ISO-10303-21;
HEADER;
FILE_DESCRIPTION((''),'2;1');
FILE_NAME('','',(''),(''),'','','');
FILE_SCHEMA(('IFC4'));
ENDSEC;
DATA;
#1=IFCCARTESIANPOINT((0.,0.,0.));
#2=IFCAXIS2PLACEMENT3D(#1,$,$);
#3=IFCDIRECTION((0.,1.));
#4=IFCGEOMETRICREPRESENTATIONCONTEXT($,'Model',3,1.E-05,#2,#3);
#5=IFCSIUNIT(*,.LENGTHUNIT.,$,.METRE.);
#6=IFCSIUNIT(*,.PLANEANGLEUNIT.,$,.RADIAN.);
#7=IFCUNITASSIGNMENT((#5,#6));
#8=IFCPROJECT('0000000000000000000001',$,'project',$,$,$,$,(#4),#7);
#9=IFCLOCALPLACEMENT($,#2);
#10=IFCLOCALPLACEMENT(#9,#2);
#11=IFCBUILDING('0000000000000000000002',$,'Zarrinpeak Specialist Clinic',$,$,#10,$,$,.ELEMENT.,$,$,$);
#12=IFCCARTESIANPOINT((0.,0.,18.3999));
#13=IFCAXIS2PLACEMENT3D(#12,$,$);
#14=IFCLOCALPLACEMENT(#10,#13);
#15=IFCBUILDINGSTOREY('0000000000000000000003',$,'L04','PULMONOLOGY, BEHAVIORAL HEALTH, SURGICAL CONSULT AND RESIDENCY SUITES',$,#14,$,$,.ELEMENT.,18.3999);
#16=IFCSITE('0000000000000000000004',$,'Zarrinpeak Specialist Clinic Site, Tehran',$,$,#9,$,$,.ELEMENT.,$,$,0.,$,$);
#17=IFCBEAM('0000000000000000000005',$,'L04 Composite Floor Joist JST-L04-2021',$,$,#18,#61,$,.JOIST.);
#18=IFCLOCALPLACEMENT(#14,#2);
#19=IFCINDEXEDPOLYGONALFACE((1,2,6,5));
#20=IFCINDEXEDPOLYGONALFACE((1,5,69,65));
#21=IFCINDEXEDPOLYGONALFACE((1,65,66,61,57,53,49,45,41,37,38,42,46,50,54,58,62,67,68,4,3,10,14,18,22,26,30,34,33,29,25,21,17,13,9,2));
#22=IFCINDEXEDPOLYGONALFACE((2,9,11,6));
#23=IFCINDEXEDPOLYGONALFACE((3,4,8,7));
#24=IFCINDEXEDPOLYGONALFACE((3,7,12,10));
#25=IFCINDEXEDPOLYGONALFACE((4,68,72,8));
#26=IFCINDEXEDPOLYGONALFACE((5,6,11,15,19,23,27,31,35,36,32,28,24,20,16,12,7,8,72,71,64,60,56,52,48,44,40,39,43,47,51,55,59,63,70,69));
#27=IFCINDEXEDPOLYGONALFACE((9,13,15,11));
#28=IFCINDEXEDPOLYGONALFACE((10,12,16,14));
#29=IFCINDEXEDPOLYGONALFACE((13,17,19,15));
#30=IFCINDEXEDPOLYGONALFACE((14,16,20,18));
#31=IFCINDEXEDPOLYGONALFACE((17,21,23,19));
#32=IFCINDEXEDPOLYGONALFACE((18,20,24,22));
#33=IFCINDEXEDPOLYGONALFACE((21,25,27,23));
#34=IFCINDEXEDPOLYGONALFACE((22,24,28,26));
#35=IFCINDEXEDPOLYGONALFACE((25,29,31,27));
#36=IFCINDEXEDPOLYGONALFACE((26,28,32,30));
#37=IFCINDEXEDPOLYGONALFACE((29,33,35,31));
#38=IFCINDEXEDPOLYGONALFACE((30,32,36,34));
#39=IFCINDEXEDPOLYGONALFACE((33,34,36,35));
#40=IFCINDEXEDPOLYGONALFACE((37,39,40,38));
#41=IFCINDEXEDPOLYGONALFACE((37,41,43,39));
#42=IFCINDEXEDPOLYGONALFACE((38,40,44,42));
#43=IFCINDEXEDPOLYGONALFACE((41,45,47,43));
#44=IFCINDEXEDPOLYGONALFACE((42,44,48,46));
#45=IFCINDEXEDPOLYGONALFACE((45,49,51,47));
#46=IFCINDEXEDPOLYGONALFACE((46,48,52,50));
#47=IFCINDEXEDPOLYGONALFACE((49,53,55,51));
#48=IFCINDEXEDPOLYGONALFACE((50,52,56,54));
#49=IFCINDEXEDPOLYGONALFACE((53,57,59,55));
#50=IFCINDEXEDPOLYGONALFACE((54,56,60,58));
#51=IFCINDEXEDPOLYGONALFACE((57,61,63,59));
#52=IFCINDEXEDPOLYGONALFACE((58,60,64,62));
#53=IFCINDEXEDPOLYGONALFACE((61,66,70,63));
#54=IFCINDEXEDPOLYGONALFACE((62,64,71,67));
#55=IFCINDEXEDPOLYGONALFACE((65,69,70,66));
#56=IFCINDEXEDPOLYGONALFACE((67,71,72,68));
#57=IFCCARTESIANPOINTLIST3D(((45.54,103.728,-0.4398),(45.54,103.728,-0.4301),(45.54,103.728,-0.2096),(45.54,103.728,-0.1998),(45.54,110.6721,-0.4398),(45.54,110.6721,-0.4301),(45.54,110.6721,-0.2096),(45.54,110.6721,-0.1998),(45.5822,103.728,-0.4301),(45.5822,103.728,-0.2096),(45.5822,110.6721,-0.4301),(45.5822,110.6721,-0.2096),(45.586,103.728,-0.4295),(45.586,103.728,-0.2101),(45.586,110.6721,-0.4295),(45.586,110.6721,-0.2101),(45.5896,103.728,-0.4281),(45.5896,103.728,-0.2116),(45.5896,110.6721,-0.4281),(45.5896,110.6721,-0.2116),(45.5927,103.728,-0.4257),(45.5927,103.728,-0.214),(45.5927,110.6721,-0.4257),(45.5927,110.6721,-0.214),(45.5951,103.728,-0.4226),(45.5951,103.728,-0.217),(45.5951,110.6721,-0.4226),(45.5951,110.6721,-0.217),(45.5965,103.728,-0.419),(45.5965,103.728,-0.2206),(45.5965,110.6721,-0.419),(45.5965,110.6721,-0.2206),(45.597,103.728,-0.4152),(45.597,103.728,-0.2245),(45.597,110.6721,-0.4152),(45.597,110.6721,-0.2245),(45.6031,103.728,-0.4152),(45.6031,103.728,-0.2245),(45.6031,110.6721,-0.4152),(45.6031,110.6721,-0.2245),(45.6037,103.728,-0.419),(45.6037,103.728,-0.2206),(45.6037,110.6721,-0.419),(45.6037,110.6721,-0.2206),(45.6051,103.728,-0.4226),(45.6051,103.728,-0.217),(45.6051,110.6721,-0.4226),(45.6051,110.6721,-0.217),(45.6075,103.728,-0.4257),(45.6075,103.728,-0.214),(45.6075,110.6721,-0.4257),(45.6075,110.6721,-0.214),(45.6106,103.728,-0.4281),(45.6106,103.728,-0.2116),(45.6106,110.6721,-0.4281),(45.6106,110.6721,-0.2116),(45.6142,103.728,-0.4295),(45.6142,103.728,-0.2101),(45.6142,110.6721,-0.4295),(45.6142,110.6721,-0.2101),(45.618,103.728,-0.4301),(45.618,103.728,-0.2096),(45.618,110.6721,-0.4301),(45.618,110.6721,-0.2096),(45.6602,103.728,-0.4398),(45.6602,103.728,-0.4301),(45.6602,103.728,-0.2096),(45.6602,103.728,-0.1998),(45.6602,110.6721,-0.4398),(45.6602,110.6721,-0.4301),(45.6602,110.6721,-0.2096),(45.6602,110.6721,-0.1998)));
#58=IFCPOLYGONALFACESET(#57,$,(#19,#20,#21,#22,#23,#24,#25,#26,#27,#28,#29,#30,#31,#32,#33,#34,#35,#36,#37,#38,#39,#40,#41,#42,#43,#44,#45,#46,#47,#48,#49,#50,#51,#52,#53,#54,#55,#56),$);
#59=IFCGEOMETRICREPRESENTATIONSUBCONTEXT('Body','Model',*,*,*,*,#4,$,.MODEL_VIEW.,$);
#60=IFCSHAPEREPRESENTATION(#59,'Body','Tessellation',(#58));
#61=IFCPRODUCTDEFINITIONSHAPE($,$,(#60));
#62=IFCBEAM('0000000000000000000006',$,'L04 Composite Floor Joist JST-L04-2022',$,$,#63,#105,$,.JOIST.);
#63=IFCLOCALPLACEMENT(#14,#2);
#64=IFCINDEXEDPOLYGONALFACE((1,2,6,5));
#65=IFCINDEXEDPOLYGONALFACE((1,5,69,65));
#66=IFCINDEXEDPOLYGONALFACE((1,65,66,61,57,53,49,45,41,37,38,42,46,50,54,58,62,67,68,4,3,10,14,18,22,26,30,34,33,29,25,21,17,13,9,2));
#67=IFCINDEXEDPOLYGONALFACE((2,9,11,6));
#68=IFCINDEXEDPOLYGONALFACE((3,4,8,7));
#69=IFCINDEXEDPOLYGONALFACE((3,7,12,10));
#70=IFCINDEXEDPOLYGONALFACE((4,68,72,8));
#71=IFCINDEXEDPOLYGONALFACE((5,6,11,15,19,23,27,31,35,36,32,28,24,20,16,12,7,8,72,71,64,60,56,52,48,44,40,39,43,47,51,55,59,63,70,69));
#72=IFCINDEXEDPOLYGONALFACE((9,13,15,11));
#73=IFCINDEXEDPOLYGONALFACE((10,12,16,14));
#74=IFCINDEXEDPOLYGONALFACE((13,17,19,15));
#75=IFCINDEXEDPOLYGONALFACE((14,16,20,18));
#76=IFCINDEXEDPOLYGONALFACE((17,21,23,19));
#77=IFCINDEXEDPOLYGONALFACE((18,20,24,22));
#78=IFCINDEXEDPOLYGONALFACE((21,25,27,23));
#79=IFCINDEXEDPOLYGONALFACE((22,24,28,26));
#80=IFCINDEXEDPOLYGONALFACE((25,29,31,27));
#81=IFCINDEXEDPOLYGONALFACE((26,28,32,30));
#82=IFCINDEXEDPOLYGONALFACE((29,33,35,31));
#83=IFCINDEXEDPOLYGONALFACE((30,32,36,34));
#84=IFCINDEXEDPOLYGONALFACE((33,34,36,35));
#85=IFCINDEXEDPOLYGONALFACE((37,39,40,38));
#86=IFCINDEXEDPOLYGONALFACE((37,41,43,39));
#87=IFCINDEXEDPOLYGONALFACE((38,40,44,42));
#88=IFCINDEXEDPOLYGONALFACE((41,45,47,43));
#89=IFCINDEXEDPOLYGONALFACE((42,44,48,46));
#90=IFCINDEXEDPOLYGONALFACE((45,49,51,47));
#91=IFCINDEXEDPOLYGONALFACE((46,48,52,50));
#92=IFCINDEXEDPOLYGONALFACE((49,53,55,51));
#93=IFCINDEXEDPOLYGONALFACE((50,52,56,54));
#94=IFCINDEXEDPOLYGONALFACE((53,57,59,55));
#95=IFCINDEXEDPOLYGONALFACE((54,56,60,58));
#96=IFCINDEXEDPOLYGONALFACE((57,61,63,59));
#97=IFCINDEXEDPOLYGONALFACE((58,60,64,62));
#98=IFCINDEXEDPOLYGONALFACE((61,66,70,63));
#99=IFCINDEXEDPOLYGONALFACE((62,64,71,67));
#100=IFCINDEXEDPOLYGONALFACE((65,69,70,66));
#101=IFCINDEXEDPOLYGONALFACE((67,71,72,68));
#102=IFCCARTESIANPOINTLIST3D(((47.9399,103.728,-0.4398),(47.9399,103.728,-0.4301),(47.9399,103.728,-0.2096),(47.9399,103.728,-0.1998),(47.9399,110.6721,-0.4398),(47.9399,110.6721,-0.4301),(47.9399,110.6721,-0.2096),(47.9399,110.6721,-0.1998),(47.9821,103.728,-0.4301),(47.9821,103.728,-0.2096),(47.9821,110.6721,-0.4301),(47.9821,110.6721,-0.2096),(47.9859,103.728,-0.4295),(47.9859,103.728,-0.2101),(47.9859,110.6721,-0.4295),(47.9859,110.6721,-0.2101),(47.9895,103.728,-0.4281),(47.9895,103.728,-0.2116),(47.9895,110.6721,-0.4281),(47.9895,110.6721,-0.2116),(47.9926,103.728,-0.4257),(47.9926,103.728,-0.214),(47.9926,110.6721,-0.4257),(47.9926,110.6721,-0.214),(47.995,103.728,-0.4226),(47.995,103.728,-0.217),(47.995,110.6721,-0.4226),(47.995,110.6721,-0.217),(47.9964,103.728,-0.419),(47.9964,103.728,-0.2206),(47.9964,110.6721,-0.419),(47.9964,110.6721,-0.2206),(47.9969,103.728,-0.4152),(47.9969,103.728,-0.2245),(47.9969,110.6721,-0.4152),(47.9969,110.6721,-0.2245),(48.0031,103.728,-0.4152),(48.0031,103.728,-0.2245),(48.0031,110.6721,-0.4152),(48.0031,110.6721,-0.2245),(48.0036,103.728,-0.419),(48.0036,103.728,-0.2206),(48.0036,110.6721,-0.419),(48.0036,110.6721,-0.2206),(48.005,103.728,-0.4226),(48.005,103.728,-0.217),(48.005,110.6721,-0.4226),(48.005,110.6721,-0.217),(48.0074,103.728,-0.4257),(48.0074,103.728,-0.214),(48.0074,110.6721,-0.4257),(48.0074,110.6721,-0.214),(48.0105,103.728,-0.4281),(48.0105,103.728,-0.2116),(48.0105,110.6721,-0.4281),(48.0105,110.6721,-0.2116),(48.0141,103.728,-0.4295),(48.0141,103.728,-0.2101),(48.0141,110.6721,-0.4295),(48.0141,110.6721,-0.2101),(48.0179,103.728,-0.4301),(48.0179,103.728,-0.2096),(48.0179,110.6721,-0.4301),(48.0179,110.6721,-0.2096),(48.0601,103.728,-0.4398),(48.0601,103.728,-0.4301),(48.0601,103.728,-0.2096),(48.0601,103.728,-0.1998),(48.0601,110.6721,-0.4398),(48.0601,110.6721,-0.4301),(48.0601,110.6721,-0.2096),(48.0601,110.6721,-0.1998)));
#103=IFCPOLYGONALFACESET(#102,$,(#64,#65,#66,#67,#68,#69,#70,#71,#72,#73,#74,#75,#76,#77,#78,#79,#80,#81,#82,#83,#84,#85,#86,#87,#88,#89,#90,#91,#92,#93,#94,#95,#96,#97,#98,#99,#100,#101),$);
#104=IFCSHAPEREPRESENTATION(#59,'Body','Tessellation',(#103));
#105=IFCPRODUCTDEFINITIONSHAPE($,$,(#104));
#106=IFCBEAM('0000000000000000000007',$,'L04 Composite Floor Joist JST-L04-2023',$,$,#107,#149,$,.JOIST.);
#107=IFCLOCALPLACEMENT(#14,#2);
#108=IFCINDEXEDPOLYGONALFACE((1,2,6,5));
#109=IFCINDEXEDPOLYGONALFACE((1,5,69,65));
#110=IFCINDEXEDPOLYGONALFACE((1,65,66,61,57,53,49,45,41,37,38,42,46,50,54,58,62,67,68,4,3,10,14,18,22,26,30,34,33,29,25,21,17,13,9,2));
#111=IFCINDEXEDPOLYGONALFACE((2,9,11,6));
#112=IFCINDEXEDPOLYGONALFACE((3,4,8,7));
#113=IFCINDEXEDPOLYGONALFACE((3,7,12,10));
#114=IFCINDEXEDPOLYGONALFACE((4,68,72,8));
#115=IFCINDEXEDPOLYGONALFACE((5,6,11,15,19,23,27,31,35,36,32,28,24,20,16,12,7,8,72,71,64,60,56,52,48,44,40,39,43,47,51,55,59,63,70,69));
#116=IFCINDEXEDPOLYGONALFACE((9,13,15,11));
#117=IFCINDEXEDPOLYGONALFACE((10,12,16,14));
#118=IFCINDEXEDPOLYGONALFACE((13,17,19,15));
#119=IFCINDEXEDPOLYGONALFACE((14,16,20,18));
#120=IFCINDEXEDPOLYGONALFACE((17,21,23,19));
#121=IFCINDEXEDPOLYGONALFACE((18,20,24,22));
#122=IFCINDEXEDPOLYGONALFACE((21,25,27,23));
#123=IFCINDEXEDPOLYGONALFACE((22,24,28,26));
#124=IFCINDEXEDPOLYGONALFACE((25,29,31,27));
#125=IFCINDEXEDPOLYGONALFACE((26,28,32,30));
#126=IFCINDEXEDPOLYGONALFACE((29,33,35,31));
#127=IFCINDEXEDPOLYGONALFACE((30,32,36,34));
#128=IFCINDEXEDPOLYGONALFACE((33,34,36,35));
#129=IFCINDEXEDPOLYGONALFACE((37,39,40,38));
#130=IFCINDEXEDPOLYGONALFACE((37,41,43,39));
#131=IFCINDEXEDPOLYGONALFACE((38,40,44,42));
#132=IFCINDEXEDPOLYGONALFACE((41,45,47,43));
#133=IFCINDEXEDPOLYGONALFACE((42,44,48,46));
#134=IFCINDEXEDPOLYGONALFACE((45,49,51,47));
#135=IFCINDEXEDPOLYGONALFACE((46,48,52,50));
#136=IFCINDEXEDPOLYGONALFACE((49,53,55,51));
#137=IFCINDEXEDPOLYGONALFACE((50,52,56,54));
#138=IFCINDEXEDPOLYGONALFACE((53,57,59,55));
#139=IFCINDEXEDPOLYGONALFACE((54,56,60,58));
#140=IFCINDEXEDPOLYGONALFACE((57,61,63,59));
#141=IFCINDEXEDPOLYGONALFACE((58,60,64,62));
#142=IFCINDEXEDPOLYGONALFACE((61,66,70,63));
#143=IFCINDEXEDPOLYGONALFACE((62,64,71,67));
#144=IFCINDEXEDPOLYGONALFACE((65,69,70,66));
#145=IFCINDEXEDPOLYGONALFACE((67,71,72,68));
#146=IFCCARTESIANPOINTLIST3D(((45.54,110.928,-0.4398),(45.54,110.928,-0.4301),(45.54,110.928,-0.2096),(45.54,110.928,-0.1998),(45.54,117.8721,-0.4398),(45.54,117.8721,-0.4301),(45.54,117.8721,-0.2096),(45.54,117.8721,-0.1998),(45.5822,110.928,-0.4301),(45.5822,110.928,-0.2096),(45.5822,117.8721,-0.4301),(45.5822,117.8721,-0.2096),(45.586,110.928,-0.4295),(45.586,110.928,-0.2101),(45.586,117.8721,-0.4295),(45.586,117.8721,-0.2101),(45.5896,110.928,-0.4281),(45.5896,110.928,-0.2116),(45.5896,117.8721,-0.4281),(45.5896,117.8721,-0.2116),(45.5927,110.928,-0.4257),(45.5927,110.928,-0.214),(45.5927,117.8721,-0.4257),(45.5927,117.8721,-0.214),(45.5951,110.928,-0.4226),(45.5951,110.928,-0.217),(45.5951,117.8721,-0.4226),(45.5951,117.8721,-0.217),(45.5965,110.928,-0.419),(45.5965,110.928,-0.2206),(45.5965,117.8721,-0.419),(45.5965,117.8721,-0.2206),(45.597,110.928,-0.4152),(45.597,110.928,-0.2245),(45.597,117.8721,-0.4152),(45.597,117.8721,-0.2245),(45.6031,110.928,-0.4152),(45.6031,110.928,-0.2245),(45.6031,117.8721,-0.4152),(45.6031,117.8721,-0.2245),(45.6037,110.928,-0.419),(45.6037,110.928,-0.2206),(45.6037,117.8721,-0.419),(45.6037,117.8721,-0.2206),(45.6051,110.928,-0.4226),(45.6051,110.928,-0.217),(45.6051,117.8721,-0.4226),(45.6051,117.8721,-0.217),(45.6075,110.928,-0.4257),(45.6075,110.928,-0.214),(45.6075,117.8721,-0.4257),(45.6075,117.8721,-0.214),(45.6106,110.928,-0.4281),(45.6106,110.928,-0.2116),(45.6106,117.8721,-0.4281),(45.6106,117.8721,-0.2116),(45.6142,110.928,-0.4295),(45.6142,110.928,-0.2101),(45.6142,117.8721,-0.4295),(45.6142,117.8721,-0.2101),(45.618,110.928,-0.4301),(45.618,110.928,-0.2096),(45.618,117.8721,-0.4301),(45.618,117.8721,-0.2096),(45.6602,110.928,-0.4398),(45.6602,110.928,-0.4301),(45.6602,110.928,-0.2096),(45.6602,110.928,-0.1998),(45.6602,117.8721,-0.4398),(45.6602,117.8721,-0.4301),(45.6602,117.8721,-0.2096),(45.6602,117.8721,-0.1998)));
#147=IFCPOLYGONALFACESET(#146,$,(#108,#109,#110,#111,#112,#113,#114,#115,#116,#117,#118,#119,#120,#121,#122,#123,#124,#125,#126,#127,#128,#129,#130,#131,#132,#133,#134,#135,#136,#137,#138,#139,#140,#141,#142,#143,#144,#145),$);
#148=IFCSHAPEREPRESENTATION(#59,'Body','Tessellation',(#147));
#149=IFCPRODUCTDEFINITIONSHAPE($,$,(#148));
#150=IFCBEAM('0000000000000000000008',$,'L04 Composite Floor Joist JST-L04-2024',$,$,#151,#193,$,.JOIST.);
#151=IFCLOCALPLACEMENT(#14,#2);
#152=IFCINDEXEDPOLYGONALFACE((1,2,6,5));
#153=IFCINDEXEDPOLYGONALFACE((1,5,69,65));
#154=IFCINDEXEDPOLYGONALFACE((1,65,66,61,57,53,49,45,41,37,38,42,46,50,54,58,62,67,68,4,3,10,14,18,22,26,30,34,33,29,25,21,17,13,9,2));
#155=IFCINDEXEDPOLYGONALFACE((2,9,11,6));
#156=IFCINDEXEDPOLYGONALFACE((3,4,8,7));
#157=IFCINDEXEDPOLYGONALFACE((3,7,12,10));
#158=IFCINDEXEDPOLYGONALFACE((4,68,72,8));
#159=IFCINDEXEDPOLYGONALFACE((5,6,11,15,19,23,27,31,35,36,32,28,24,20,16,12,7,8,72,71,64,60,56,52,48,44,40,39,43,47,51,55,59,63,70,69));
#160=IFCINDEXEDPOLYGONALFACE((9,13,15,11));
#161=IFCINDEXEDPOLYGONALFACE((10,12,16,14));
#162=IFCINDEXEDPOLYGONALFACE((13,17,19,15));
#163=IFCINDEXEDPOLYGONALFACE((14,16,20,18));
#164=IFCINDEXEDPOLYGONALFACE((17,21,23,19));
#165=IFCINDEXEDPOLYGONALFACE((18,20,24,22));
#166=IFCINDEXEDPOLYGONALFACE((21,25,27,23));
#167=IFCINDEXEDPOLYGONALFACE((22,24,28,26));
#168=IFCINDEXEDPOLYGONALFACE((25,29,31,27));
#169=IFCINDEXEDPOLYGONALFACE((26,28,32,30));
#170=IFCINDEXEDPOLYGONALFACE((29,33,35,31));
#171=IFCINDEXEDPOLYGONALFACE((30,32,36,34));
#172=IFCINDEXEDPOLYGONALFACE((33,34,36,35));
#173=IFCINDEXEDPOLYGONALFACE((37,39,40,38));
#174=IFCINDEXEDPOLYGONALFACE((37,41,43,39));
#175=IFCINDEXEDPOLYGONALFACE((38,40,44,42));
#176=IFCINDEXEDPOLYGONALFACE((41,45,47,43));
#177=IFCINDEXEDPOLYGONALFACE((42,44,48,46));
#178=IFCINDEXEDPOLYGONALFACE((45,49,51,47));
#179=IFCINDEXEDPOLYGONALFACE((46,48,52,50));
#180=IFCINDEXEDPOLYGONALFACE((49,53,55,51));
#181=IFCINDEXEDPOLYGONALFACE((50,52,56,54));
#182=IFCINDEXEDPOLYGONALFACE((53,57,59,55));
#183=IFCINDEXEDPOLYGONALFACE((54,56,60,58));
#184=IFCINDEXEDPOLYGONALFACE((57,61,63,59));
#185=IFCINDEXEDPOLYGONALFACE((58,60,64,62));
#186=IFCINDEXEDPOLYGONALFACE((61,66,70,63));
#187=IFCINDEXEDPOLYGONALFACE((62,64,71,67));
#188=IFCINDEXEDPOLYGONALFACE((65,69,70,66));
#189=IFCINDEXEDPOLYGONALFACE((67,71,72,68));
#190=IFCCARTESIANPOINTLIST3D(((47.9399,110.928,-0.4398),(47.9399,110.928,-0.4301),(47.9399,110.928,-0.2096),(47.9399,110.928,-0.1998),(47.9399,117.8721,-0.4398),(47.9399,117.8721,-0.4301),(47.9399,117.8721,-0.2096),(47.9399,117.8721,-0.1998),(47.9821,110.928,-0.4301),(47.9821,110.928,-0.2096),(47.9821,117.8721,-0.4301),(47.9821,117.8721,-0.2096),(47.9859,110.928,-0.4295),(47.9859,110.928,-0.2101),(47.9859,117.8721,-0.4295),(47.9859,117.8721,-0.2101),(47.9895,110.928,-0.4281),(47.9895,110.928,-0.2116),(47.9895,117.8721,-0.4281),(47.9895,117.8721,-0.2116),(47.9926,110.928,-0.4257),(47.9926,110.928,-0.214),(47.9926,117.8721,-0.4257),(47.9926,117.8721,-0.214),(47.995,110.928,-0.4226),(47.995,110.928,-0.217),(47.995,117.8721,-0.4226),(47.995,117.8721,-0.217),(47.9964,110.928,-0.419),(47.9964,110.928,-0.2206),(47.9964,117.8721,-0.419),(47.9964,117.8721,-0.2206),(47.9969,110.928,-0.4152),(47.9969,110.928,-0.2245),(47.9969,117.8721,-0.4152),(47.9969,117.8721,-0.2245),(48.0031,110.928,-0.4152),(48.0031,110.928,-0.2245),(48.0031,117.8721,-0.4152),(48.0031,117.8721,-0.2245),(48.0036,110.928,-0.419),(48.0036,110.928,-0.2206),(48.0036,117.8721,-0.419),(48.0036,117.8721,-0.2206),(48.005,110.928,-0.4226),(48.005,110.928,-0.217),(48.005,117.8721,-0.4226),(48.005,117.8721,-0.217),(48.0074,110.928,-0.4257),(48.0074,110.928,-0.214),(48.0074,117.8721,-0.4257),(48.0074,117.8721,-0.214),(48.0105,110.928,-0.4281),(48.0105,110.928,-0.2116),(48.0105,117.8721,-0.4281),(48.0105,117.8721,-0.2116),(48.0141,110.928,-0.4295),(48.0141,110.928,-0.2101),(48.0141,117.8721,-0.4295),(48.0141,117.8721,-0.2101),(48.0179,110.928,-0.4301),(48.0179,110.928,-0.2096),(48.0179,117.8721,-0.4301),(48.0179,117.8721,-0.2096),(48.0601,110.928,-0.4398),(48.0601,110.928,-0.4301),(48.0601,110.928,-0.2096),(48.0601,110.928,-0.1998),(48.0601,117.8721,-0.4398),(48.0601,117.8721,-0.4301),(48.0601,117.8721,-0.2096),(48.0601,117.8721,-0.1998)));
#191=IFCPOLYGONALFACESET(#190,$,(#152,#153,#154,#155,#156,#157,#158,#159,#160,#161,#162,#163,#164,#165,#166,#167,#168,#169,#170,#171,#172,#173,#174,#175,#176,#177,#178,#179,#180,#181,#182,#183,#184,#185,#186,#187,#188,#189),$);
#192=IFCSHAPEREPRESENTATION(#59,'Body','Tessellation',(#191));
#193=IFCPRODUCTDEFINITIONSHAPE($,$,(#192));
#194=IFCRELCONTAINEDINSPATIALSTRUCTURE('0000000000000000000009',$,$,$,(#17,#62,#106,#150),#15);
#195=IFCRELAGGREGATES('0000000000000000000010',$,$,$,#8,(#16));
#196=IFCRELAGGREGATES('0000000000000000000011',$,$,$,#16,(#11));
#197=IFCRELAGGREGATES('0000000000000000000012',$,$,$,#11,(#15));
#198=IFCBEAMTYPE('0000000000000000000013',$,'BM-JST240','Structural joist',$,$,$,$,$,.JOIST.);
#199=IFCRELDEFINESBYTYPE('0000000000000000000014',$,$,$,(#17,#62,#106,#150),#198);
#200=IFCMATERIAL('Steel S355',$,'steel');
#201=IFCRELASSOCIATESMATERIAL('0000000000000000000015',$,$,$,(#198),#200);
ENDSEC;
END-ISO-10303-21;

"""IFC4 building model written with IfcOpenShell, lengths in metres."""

from ifc_helpers import new_model, si_unit, direction, frame, origin, origin_2d, place, context, subcontext, project, spatial, i_section, extrude, material, material_profile, profile_set, type_object, element, save


model = new_model("IFC4")

# Units and contexts
model_context = context("Model", 3, precision=1e-05, world=origin(), true_north=direction((0.0, 1.0)))
body_context = subcontext(model_context, "Body", "Model", "MODEL_VIEW")
ifc_project = project(units=[si_unit("LENGTHUNIT", "METRE"), si_unit("PLANEANGLEUNIT", "RADIAN")], contexts=[model_context])

# Site, building, storey
site_placement = place(None, origin())
site = spatial("IfcSite", under=ifc_project, at=site_placement, Name="Zarrinpeak Specialist Clinic Site, Tehran", CompositionType="ELEMENT", RefElevation=0.0)
building_placement = place(site_placement, origin())
building = spatial("IfcBuilding", under=site, at=building_placement, Name="Zarrinpeak Specialist Clinic", CompositionType="ELEMENT")
storey_placement = place(building_placement, frame((0.0, 0.0, 18.3999)))
storey = spatial("IfcBuildingStorey", under=building, at=storey_placement, Name="L04", Description="PULMONOLOGY, BEHAVIORAL HEALTH, SURGICAL CONSULT AND RESIDENCY SUITES", CompositionType="ELEMENT", Elevation=18.3999)

# Shared definitions
ifc_material_1 = material(Name="Steel S355", Category="steel")

# Beams
ifc_material_profile_1 = material_profile(ifc_material_1, i_section(OverallWidth=0.1201, OverallDepth=0.24, WebThickness=0.0061, FlangeThickness=0.0098, FilletRadius=0.0149, at=origin_2d()), Name="IPE 240")
ifc_profile_set_1 = profile_set([ifc_material_profile_1], Name="Steel S355")
beam_type_1 = type_object("IfcBeamType", Name="BM-JST240", Description="Structural joist", PredefinedType="JOIST", material=ifc_profile_set_1)
for number, where, z_axis, x_axis, name in (
    (1, (45.6001, 103.728, -0.3198), (0.0, 1.0, 0.0), (-1.0, 0.0, 0.0), "L04 Composite Floor Joist JST-L04-2021"),
    (2, (48.0, 103.728, -0.3198), (0.0, 1.0, 0.0), (-1.0, 0.0, 0.0), "L04 Composite Floor Joist JST-L04-2022"),
    (3, (45.6001, 110.928, -0.3198), (0.0, 1.0, 0.0), (-1.0, 0.0, 0.0), "L04 Composite Floor Joist JST-L04-2023"),
    (4, (48.0, 110.928, -0.3198), (0.0, 1.0, 0.0), (-1.0, 0.0, 0.0), "L04 Composite Floor Joist JST-L04-2024"),
):
    element("IfcBeam", number, at=place(storey_placement, frame(where, z_axis=z_axis, x_axis=x_axis)), inside=storey, type_object=beam_type_1, Name=name, PredefinedType="JOIST", context=body_context, shape_type="SweptSolid", body=[
        extrude(i_section(OverallWidth=0.1201, OverallDepth=0.24, WebThickness=0.0061, FlangeThickness=0.0098, FilletRadius=0.0149, at=origin_2d()), origin(), (0.0, 0.0, 1.0), 6.9441),
    ])

save(model, "model.ifc")
